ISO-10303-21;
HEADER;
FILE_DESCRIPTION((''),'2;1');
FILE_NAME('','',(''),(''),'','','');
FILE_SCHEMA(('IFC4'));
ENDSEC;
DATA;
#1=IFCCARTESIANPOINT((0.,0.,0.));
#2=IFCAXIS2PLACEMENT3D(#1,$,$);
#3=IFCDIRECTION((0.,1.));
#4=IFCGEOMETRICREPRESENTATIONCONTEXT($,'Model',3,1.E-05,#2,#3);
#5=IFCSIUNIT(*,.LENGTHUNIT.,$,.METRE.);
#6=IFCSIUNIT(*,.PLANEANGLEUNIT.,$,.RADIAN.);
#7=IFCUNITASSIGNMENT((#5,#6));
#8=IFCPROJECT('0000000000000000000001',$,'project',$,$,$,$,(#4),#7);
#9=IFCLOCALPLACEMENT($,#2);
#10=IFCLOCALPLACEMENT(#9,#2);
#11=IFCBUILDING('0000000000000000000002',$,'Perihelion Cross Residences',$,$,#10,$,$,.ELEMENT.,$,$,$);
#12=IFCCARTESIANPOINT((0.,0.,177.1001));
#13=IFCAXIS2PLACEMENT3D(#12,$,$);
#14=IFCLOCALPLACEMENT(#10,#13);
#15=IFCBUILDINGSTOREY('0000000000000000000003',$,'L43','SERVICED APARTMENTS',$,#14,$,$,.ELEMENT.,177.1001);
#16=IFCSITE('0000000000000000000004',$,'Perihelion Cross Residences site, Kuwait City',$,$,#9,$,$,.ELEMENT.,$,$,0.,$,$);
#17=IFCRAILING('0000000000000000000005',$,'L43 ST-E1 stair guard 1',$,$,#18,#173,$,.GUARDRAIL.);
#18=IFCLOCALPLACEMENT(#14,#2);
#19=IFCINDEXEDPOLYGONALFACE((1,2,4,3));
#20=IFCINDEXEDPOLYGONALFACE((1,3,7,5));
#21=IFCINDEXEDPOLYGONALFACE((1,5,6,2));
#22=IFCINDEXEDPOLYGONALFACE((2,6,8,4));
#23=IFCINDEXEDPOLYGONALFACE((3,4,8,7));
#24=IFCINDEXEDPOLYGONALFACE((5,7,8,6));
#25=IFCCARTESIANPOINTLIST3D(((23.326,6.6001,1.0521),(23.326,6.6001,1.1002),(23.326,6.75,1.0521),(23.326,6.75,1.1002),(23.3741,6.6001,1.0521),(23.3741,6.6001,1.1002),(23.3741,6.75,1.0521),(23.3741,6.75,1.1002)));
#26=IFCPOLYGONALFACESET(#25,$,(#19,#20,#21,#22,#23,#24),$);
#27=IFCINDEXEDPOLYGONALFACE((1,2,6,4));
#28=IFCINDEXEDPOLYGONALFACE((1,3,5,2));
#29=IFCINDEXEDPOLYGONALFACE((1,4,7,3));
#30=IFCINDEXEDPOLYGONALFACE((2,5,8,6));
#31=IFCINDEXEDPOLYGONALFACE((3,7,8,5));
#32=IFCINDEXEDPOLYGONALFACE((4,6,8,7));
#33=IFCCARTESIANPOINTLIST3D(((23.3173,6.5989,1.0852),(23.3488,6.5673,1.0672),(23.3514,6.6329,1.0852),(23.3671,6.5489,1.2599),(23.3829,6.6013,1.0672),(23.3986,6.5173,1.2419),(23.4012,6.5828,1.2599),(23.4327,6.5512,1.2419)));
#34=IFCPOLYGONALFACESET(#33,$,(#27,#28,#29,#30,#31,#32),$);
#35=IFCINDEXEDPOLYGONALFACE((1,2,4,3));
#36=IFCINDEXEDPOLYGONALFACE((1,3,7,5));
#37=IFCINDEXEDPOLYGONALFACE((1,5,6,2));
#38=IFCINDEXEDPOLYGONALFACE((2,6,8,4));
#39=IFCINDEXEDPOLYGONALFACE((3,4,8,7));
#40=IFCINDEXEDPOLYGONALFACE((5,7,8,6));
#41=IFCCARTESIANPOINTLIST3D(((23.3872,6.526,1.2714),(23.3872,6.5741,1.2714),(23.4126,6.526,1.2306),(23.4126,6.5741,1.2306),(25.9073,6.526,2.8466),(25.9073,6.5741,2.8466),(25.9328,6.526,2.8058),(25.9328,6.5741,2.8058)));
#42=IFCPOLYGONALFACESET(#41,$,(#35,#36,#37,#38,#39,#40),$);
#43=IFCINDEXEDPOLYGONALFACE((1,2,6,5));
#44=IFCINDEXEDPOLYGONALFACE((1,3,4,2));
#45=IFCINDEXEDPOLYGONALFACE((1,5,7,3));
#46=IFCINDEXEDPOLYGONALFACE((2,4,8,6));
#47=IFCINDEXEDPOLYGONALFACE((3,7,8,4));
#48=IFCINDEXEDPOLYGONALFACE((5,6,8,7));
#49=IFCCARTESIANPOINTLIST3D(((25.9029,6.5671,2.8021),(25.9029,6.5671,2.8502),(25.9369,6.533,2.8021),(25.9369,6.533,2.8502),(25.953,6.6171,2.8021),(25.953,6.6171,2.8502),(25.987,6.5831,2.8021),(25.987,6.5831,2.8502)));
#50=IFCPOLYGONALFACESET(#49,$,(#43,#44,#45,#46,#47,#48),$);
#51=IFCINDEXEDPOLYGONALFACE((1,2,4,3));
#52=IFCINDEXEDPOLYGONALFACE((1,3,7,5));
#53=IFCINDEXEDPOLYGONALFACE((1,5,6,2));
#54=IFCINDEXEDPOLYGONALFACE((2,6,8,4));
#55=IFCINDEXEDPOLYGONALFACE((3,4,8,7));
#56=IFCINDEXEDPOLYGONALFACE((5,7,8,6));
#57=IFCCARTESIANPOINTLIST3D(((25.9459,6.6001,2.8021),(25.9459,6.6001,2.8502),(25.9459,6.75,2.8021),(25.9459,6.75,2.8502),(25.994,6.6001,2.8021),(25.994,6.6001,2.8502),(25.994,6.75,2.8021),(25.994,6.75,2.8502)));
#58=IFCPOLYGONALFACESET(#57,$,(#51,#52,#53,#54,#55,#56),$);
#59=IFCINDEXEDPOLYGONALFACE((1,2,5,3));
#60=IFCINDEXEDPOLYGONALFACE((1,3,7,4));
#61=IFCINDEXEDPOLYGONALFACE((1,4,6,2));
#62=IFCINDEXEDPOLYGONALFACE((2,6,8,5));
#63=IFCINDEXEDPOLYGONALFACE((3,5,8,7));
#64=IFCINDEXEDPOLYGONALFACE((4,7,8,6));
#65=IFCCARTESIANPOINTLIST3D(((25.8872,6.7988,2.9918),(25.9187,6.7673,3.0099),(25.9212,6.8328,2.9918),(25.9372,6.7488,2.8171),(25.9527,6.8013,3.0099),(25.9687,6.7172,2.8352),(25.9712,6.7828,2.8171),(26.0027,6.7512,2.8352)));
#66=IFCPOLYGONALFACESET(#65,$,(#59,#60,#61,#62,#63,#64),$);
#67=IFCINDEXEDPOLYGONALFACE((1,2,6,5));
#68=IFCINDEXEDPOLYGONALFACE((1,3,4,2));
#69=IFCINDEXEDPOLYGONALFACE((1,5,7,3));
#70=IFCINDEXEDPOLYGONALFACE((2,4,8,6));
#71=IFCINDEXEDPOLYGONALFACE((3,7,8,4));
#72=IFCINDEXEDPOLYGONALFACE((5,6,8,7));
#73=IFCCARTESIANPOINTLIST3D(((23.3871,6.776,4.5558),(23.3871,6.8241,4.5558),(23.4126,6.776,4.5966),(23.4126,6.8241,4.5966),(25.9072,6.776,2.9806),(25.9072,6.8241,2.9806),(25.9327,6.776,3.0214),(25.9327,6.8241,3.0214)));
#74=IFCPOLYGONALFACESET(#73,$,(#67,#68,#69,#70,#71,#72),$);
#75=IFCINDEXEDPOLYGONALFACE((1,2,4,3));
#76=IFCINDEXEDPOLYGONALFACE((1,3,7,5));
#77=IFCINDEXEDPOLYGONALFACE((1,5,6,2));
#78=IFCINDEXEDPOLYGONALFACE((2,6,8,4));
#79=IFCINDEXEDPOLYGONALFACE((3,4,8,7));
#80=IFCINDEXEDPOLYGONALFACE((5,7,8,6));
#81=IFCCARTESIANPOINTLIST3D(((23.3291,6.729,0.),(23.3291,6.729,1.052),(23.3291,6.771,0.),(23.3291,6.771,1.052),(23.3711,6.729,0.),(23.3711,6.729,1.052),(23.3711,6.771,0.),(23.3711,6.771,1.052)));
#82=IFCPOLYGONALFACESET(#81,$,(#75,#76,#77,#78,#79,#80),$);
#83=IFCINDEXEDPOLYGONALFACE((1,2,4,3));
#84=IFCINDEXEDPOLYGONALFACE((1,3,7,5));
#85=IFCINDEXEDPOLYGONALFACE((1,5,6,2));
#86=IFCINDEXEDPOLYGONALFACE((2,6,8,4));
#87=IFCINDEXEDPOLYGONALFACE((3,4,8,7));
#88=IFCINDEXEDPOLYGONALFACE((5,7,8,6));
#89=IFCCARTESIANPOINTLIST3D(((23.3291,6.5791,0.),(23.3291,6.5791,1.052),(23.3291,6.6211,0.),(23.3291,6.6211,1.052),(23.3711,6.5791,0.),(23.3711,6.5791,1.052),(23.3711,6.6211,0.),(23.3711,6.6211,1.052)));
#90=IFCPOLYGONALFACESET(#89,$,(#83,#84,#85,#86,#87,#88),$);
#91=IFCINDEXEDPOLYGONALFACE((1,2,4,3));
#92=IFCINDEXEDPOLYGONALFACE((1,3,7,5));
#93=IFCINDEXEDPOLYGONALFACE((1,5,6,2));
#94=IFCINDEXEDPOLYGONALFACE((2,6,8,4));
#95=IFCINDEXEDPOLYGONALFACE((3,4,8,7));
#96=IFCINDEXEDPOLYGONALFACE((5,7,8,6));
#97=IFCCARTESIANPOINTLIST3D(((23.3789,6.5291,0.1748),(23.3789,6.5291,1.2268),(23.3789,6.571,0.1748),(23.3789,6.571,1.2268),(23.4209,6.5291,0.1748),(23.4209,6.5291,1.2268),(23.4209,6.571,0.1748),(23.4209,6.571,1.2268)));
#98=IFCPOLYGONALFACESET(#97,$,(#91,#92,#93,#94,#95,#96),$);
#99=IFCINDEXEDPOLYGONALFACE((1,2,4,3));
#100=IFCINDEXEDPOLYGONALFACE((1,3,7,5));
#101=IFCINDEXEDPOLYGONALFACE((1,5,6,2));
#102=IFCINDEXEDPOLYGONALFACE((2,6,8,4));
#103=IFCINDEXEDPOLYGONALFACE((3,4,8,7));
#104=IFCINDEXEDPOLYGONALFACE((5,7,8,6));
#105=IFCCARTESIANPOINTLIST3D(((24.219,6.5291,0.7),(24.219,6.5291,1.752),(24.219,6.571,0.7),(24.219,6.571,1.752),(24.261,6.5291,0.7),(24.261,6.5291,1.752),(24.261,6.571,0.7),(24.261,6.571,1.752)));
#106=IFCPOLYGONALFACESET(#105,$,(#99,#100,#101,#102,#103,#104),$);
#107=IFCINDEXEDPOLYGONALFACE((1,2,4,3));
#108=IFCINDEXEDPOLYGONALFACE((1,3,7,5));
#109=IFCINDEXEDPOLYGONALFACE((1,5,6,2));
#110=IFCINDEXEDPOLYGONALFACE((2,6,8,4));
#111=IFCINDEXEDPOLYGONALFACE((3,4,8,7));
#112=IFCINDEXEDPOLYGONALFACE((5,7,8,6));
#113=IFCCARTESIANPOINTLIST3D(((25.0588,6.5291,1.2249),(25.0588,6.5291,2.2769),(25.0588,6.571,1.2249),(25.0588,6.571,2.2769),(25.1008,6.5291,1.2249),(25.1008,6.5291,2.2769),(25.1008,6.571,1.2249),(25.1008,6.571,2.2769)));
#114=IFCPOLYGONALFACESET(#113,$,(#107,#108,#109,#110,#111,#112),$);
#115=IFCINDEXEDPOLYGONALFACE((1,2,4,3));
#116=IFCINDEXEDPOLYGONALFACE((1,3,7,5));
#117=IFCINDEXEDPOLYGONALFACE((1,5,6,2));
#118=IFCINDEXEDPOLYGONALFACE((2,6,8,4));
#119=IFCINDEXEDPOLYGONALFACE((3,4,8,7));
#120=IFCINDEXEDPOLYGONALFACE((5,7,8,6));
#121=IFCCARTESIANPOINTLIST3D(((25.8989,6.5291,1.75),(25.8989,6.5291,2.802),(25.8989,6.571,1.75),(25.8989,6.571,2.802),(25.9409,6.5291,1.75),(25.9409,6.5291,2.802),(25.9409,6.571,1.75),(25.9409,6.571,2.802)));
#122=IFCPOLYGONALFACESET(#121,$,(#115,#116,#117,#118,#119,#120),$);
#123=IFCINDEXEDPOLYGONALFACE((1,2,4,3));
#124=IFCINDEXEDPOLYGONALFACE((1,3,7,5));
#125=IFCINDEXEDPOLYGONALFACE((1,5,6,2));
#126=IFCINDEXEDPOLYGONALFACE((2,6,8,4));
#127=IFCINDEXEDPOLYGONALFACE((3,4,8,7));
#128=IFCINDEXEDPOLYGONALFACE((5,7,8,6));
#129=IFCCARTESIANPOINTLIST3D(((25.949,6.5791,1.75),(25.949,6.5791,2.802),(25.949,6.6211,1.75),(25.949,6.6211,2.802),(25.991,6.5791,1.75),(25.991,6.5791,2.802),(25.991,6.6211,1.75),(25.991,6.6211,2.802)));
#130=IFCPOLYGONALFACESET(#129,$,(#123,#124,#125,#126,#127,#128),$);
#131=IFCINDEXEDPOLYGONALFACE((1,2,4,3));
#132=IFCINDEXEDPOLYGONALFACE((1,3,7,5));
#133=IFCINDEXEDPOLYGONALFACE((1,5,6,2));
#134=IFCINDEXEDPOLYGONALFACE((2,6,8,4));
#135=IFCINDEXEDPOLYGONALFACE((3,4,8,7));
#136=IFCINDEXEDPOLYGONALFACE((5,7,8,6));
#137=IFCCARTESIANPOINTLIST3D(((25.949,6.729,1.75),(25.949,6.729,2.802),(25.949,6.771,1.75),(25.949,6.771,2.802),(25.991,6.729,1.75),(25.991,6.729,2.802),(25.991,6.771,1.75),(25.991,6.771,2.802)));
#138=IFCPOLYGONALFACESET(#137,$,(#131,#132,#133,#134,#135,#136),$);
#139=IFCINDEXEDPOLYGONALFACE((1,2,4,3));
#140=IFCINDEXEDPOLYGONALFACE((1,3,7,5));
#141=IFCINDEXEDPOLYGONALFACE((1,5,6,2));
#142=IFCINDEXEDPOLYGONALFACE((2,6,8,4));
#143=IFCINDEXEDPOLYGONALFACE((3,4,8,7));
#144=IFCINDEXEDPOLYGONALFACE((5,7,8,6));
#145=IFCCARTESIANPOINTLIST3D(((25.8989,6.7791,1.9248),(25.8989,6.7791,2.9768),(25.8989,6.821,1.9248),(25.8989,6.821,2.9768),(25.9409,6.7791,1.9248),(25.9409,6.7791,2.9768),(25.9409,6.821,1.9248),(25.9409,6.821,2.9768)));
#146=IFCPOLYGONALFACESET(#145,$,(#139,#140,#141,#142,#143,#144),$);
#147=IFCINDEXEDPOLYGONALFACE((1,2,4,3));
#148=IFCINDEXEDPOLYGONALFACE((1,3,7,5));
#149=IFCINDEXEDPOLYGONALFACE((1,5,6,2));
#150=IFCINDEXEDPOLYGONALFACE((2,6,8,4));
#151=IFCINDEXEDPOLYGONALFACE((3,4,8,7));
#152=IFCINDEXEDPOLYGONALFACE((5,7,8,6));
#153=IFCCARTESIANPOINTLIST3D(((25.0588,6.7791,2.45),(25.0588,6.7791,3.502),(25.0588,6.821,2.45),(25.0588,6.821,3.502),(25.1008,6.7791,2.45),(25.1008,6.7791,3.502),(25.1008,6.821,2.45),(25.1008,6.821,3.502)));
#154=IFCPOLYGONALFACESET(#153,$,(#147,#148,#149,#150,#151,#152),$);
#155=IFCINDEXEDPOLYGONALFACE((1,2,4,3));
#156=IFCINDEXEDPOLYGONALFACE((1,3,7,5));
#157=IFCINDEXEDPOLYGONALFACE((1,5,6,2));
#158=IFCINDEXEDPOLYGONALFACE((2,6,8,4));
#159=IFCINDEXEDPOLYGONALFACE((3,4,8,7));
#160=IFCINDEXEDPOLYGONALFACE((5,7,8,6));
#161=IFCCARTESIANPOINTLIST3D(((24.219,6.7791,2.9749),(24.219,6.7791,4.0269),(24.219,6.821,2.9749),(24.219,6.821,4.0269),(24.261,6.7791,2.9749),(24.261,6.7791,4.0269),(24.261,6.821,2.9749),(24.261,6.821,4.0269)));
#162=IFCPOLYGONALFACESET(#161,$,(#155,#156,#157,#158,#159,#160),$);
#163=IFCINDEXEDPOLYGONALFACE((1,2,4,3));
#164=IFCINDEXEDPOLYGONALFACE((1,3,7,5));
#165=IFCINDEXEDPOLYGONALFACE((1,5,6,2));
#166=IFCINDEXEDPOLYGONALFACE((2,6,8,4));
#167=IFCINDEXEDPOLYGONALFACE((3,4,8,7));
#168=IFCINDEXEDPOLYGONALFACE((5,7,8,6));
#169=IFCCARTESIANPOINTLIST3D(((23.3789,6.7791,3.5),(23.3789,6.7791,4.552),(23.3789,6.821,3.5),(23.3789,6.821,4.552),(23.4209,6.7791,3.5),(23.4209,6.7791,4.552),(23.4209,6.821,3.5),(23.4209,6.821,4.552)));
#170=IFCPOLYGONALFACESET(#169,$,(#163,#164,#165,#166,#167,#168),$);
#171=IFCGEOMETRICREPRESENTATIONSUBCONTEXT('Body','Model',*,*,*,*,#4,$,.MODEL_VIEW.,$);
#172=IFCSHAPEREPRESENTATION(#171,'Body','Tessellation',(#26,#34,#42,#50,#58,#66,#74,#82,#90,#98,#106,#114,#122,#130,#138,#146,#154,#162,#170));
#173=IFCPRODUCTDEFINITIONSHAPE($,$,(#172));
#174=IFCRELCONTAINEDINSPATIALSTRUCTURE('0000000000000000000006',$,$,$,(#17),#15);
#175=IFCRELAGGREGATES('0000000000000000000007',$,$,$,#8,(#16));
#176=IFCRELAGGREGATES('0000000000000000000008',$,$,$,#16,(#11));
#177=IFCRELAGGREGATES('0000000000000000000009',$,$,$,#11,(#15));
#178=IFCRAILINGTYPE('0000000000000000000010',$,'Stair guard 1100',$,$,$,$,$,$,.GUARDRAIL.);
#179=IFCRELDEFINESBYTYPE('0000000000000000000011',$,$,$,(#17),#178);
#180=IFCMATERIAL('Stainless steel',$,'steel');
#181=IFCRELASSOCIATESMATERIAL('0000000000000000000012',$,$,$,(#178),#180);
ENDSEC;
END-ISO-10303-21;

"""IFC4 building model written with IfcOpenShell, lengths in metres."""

from ifc_helpers import new_model, si_unit, direction, frame, origin, origin_2d, place, context, subcontext, project, spatial, rectangle, extrude, material, type_object, element, save


model = new_model("IFC4")

# Units and contexts
model_context = context("Model", 3, precision=1e-05, world=origin(), true_north=direction((0.0, 1.0)))
body_context = subcontext(model_context, "Body", "Model", "MODEL_VIEW")
ifc_project = project(units=[si_unit("LENGTHUNIT", "METRE"), si_unit("PLANEANGLEUNIT", "RADIAN")], contexts=[model_context])

# Site, building, storey
site_placement = place(None, origin())
site = spatial("IfcSite", under=ifc_project, at=site_placement, Name="Perihelion Cross Residences site, Kuwait City", CompositionType="ELEMENT", RefElevation=0.0)
building_placement = place(site_placement, origin())
building = spatial("IfcBuilding", under=site, at=building_placement, Name="Perihelion Cross Residences", CompositionType="ELEMENT")
storey_placement = place(building_placement, frame((0.0, 0.0, 177.1001)))
storey = spatial("IfcBuildingStorey", under=building, at=storey_placement, Name="L43", Description="SERVICED APARTMENTS", CompositionType="ELEMENT", Elevation=177.1001)

# Railing
ifc_material_1 = material(Name="Stainless steel", Category="steel")
railing_type_1 = type_object("IfcRailingType", Name="Stair guard 1100", PredefinedType="GUARDRAIL", material=ifc_material_1)
railing_1_placement = place(storey_placement, frame((23.3501, 6.75, 0.0)))
element("IfcRailing", 1, at=railing_1_placement, inside=storey, type_object=railing_type_1, Name="L43 ST-E1 stair guard 1", PredefinedType="GUARDRAIL", context=body_context, shape_type="SweptSolid", body=[
    extrude(rectangle(XDim=0.0481, YDim=0.0481, at=origin_2d()), frame((0.0, 0.0, 1.0762), z_axis=(0.0, -1.0, 0.0), x_axis=(1.0, 0.0, 0.0)), (0.0, 0.0, 1.0), 0.1499),
    extrude(rectangle(XDim=0.0481, YDim=0.0481, at=origin_2d()), frame((0.0, -0.1499, 1.0762), z_axis=(0.264179, -0.265474, 0.927218), x_axis=(0.708834, 0.705376, 0.0)), (0.0, 0.0, 1.0), 0.1885),
    extrude(rectangle(XDim=0.0481, YDim=0.0481, at=origin_2d()), frame((0.0498, -0.2, 1.251), z_axis=(0.847971, 0.0, 0.530043), x_axis=(0.0, 1.0, 0.0)), (0.0, 0.0, 1.0), 2.9719),
    extrude(rectangle(XDim=0.0481, YDim=0.0481, at=origin_2d()), frame((2.5698, -0.2, 2.8262), z_axis=(0.707107, 0.707107, 0.0), x_axis=(-0.707107, 0.707107, 0.0)), (0.0, 0.0, 1.0), 0.0708),
    extrude(rectangle(XDim=0.0481, YDim=0.0481, at=origin_2d()), frame((2.6199, -0.1499, 2.8262), z_axis=(0.0, 1.0, 0.0), x_axis=(-1.0, 0.0, 0.0)), (0.0, 0.0, 1.0), 0.1499),
    extrude(rectangle(XDim=0.0481, YDim=0.0481, at=origin_2d()), frame((2.6199, 0.0, 2.8262), z_axis=(-0.265383, 0.265383, 0.9269), x_axis=(-0.707107, -0.707107, 0.0)), (0.0, 0.0, 1.0), 0.1885),
    extrude(rectangle(XDim=0.0481, YDim=0.0481, at=origin_2d()), frame((2.5698, 0.05, 3.001), z_axis=(-0.847971, 0.0, 0.530043), x_axis=(0.0, -1.0, 0.0)), (0.0, 0.0, 1.0), 2.9719),
    extrude(rectangle(XDim=0.042, YDim=0.042, at=origin_2d()), origin(), (0.0, 0.0, 1.0), 1.052),
    extrude(rectangle(XDim=0.042, YDim=0.042, at=origin_2d()), frame((0.0, -0.1499, 0.0)), (0.0, 0.0, 1.0), 1.052),
    extrude(rectangle(XDim=0.042, YDim=0.042, at=origin_2d()), frame((0.0498, -0.2, 0.1748)), (0.0, 0.0, 1.0), 1.052),
    extrude(rectangle(XDim=0.042, YDim=0.042, at=origin_2d()), frame((0.8899, -0.2, 0.7)), (0.0, 0.0, 1.0), 1.052),
    extrude(rectangle(XDim=0.042, YDim=0.042, at=origin_2d()), frame((1.7297, -0.2, 1.2249)), (0.0, 0.0, 1.0), 1.052),
    extrude(rectangle(XDim=0.042, YDim=0.042, at=origin_2d()), frame((2.5698, -0.2, 1.75)), (0.0, 0.0, 1.0), 1.052),
    extrude(rectangle(XDim=0.042, YDim=0.042, at=origin_2d()), frame((2.6199, -0.1499, 1.75)), (0.0, 0.0, 1.0), 1.052),
    extrude(rectangle(XDim=0.042, YDim=0.042, at=origin_2d()), frame((2.6199, 0.0, 1.75)), (0.0, 0.0, 1.0), 1.052),
    extrude(rectangle(XDim=0.042, YDim=0.042, at=origin_2d()), frame((2.5698, 0.05, 1.9248)), (0.0, 0.0, 1.0), 1.052),
    extrude(rectangle(XDim=0.042, YDim=0.042, at=origin_2d()), frame((1.7297, 0.05, 2.45)), (0.0, 0.0, 1.0), 1.052),
    extrude(rectangle(XDim=0.042, YDim=0.042, at=origin_2d()), frame((0.8899, 0.05, 2.9749)), (0.0, 0.0, 1.0), 1.052),
    extrude(rectangle(XDim=0.042, YDim=0.042, at=origin_2d()), frame((0.0498, 0.05, 3.5)), (0.0, 0.0, 1.0), 1.052),
])

save(model, "model.ifc")
